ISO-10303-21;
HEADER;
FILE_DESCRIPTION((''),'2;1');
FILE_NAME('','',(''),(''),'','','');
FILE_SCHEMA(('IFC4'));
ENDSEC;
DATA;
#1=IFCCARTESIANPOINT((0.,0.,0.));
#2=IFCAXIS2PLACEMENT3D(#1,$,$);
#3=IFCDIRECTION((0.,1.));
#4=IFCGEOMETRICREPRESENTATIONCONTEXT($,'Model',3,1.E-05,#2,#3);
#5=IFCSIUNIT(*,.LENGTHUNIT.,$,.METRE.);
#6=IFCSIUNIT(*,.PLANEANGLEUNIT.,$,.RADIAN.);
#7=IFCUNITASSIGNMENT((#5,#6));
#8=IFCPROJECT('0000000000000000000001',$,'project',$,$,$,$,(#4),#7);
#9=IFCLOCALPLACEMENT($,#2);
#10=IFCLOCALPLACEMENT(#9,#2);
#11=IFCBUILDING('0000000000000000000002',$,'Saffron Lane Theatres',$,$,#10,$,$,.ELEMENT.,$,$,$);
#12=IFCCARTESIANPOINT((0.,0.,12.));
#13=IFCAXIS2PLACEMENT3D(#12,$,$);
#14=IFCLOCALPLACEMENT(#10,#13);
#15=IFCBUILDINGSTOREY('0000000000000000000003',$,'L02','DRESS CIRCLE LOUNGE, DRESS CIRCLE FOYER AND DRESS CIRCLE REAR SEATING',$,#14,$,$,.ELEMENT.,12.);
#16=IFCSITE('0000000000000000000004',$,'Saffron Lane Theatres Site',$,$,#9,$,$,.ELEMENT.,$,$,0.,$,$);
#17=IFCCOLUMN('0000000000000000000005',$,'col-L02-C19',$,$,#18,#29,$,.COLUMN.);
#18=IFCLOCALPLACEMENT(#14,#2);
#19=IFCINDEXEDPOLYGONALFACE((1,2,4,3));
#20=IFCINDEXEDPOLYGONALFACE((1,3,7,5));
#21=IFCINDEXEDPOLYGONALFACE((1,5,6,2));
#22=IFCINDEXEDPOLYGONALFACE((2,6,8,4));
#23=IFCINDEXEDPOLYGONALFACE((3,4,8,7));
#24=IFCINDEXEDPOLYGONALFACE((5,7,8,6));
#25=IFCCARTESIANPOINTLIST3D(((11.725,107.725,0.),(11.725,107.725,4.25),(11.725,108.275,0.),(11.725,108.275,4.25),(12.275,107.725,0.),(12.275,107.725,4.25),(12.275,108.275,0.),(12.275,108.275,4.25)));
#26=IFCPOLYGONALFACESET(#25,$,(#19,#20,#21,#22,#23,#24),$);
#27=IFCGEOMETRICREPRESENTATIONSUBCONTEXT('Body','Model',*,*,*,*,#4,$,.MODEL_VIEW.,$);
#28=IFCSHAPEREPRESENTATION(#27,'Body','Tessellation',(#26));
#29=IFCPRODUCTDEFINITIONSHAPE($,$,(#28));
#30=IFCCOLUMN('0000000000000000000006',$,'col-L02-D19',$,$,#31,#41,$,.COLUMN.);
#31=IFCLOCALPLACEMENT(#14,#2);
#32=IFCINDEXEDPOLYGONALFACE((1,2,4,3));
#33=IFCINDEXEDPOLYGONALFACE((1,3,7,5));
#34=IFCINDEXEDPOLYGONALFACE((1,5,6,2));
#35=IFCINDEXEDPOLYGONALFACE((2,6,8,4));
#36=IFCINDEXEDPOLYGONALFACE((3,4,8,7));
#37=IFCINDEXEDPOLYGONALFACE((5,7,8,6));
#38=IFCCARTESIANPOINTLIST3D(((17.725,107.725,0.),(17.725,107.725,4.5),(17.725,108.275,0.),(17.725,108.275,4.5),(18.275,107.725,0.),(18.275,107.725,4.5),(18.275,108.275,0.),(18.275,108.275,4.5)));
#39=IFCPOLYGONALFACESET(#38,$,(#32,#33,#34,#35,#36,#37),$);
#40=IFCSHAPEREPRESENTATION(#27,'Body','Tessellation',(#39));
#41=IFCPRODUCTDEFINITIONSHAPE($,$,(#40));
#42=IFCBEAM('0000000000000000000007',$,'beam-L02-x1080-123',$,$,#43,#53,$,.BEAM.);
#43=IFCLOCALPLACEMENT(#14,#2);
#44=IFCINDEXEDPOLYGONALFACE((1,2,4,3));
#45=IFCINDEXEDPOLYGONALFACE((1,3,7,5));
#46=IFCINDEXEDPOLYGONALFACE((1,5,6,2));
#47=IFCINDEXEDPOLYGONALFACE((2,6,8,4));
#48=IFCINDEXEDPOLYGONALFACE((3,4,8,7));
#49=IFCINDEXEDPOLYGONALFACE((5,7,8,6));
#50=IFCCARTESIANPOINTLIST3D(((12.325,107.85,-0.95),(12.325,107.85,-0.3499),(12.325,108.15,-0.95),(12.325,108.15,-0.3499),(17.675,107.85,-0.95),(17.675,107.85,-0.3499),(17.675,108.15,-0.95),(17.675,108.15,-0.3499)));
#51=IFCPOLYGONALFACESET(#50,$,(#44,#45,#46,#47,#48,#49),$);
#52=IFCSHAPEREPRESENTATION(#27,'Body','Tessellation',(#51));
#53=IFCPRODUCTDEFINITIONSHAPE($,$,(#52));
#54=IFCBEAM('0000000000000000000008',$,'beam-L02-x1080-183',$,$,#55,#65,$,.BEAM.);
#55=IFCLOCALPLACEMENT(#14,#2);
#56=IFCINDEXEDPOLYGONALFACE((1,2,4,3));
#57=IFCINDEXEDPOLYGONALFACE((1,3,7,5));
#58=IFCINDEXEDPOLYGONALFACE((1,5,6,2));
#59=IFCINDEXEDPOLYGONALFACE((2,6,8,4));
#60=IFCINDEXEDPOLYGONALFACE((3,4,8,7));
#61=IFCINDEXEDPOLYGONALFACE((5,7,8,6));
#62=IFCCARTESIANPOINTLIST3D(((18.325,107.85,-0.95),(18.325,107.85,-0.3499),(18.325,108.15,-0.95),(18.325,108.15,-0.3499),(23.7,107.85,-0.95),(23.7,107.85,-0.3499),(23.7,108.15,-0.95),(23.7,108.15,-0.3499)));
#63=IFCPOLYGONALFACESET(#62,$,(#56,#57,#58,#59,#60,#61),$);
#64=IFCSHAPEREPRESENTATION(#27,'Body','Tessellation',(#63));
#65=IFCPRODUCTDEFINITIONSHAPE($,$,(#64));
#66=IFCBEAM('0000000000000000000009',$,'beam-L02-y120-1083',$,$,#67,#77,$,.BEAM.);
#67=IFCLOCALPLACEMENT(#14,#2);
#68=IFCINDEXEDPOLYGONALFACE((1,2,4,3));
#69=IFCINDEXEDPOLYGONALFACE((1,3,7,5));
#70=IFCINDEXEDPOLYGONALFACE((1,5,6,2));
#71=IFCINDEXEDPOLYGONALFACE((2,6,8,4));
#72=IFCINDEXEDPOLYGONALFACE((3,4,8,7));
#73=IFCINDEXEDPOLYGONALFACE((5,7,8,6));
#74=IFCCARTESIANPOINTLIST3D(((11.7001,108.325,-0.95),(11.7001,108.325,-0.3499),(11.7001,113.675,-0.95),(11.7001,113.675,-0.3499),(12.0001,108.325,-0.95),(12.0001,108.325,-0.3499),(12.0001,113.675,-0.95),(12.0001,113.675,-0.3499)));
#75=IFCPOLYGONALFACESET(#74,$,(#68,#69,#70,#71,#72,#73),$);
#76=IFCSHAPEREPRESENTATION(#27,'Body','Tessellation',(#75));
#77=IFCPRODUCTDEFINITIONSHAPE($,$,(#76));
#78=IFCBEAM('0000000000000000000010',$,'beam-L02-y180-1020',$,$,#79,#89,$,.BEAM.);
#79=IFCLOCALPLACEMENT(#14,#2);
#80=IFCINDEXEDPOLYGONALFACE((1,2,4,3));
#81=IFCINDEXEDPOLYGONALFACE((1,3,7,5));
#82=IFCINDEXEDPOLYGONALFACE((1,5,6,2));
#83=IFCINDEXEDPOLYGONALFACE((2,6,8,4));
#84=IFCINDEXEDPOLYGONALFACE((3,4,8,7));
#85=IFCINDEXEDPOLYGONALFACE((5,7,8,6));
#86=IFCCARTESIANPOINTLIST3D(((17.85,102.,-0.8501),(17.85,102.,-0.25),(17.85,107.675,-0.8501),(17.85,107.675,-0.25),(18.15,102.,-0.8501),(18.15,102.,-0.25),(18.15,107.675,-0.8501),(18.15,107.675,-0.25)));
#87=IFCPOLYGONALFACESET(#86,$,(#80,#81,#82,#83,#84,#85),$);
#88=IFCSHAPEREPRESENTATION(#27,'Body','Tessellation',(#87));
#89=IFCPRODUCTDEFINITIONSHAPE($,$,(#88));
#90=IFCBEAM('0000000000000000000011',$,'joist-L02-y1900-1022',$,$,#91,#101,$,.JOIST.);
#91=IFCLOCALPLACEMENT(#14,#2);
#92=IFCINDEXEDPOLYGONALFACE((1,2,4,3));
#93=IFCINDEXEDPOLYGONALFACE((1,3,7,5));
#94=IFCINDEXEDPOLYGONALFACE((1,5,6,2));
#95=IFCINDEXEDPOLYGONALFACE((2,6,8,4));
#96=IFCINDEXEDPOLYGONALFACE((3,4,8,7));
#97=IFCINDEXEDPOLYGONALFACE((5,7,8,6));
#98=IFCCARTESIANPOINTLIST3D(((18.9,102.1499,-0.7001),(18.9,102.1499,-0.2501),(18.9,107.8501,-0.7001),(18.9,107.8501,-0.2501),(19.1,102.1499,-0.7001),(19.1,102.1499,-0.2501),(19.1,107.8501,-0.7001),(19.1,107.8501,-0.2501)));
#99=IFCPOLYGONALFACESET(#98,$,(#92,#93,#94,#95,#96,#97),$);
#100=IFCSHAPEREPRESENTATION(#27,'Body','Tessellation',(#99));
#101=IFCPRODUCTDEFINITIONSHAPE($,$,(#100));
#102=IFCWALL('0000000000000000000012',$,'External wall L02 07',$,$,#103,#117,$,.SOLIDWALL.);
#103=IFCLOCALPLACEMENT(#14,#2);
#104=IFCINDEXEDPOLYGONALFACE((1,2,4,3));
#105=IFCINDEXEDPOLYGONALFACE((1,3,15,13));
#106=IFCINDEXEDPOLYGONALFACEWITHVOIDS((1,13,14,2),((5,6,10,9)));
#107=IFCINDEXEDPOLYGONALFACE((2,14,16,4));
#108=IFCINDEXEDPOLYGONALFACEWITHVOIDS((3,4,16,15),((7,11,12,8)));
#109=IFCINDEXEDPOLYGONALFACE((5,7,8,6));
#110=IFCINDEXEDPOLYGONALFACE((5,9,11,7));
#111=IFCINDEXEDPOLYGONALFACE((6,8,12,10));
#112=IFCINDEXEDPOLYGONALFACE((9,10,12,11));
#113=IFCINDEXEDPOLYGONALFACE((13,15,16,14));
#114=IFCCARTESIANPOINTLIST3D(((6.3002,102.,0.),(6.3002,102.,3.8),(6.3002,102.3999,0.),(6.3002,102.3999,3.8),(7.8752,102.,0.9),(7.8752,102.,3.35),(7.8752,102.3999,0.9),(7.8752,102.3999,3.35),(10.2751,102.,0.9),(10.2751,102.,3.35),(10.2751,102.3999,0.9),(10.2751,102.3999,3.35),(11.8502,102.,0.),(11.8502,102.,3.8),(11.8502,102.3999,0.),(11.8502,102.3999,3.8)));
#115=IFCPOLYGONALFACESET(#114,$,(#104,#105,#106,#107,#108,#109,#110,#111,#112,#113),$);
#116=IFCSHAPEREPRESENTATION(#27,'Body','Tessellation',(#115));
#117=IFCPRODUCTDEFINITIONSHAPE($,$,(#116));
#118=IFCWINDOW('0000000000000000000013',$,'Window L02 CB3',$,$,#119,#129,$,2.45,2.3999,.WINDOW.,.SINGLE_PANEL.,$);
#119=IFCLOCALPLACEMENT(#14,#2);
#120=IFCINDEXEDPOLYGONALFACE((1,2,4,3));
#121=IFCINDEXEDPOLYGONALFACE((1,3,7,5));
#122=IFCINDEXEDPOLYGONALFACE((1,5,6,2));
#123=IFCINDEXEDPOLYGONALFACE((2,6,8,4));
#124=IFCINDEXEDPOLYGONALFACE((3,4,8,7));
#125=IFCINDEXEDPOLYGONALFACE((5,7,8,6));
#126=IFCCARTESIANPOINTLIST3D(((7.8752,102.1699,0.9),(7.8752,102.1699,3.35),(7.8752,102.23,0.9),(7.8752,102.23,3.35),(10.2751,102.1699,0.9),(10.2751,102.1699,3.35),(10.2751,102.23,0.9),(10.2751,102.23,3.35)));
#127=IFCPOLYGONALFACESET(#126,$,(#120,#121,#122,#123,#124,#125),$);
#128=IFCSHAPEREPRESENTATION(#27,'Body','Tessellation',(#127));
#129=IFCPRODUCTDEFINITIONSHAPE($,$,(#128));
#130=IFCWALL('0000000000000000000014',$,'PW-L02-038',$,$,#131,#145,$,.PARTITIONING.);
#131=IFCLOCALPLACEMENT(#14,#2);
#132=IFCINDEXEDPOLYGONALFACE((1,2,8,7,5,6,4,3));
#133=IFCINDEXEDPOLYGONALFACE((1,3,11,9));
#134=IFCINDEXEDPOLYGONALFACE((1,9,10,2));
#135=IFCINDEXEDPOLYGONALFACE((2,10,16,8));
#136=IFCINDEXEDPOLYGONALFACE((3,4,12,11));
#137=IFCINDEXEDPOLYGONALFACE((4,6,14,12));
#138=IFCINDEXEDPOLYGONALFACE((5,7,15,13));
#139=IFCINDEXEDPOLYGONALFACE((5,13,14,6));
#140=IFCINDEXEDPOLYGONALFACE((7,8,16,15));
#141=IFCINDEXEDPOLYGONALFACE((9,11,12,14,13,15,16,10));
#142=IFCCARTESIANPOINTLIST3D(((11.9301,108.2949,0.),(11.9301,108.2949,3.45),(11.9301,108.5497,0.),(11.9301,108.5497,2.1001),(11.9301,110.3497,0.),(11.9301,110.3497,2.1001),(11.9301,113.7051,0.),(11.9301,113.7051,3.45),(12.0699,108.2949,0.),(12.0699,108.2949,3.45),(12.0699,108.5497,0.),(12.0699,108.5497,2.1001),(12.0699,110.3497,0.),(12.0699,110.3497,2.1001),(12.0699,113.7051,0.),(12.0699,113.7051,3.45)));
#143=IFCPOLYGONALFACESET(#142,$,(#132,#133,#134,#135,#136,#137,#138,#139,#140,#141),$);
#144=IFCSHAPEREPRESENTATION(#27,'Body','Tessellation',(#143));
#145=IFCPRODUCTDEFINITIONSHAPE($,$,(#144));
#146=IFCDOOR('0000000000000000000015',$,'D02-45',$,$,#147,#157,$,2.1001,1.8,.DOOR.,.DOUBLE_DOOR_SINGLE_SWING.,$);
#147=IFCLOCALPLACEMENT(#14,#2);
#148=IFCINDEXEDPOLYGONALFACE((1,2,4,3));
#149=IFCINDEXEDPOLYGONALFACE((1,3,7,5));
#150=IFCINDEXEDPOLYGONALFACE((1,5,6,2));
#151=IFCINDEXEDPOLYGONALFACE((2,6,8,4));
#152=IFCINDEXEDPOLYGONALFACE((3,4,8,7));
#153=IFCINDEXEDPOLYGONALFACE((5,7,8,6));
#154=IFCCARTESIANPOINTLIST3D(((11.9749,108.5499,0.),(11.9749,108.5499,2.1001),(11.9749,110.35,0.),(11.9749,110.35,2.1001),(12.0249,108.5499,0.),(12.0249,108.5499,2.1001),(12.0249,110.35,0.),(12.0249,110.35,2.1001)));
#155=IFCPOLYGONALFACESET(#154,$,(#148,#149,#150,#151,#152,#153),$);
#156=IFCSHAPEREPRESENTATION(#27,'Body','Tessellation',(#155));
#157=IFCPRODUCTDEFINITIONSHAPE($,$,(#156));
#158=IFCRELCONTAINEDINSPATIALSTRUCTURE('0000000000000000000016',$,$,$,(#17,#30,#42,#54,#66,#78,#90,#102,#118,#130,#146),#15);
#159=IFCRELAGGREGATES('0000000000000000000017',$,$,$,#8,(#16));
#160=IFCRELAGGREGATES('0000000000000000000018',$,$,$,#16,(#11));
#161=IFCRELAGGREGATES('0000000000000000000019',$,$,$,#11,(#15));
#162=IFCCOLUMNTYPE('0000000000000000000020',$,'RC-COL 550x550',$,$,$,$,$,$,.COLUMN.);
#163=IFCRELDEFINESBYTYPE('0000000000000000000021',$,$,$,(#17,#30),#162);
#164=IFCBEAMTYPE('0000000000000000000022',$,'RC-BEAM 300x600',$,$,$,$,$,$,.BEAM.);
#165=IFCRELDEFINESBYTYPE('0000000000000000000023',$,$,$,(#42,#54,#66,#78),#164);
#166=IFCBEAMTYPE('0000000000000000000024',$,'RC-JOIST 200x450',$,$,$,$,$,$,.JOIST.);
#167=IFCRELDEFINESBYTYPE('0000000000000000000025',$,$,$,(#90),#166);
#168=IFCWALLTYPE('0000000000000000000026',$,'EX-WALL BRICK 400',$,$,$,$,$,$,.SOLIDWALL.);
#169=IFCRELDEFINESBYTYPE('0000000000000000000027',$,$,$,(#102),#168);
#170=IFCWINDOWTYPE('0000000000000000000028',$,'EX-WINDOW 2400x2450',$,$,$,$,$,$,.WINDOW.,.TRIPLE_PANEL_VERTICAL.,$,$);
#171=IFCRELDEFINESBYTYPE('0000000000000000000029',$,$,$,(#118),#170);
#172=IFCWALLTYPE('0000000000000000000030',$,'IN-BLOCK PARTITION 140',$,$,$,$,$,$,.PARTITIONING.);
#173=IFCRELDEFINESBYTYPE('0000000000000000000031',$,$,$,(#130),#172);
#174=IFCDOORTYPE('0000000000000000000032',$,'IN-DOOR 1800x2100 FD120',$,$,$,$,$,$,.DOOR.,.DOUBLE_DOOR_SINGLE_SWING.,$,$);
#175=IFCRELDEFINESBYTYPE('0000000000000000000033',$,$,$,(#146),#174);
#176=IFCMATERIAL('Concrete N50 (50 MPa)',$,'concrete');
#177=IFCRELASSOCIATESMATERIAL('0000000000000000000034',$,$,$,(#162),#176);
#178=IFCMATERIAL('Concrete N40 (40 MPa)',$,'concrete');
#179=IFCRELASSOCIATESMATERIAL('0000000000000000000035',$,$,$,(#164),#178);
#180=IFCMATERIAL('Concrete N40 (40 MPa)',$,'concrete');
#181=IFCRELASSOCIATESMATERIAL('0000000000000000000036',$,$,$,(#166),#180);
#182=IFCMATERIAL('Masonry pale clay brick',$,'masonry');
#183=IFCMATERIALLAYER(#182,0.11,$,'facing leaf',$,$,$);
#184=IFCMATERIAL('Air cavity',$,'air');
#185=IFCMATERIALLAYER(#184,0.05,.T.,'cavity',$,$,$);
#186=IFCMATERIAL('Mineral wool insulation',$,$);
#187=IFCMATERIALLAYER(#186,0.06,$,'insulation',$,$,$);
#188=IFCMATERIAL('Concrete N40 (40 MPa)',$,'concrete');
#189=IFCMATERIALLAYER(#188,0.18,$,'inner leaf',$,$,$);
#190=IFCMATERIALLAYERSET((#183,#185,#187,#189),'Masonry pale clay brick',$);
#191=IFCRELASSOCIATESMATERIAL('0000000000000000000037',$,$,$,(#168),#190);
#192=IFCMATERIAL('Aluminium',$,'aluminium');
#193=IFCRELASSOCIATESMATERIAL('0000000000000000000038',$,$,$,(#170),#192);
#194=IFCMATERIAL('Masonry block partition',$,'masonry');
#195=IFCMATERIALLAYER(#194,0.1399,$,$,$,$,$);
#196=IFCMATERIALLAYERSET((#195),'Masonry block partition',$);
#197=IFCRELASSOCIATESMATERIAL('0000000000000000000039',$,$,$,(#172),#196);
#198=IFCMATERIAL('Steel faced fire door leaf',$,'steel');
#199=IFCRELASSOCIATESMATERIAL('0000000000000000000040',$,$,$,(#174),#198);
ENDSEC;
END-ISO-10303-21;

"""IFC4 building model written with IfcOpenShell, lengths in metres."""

from ifc_helpers import new_model, si_unit, direction, frame, frame_2d, origin, origin_2d, place, context, subcontext, project, spatial, rectangle, extrude, material, layer, layer_set, material_profile, profile_set, type_object, element, fill, save


model = new_model("IFC4")

# Units and contexts
model_context = context("Model", 3, precision=1e-05, world=origin(), true_north=direction((0.0, 1.0)))
body_context = subcontext(model_context, "Body", "Model", "MODEL_VIEW")
ifc_project = project(units=[si_unit("LENGTHUNIT", "METRE"), si_unit("PLANEANGLEUNIT", "RADIAN")], contexts=[model_context])

# Site, building, storey
site_placement = place(None, origin())
site = spatial("IfcSite", under=ifc_project, at=site_placement, Name="Saffron Lane Theatres Site", CompositionType="ELEMENT", RefElevation=0.0)
building_placement = place(site_placement, origin())
building = spatial("IfcBuilding", under=site, at=building_placement, Name="Saffron Lane Theatres", CompositionType="ELEMENT")
storey_placement = place(building_placement, frame((0.0, 0.0, 12.0)))
storey = spatial("IfcBuildingStorey", under=building, at=storey_placement, Name="L02", Description="DRESS CIRCLE LOUNGE, DRESS CIRCLE FOYER AND DRESS CIRCLE REAR SEATING", CompositionType="ELEMENT", Elevation=12.0)

# Columns
ifc_material_1 = material(Name="Concrete N50 (50 MPa)", Category="concrete")
ifc_material_profile_1 = material_profile(ifc_material_1, rectangle(XDim=0.55, YDim=0.55, at=origin_2d()))
ifc_profile_set_1 = profile_set([ifc_material_profile_1], Name="Concrete N50 (50 MPa)")
column_type = type_object("IfcColumnType", Name="RC-COL 550x550", PredefinedType="COLUMN", material=ifc_profile_set_1)
column_1_placement = place(storey_placement, frame((12.0, 108.0, 0.0), z_axis=(0.0, 0.0, 1.0), x_axis=(1.0, 0.0, 0.0)))
element("IfcColumn", 1, at=column_1_placement, inside=storey, type_object=column_type, Name="col-L02-C19", PredefinedType="COLUMN", context=body_context, shape_type="SweptSolid", body=[
    extrude(rectangle(XDim=0.55, YDim=0.55, at=origin_2d()), origin(), (0.0, 0.0, 1.0), 4.25),
])
column_2_placement = place(storey_placement, frame((18.0, 108.0, 0.0), z_axis=(0.0, 0.0, 1.0), x_axis=(1.0, 0.0, 0.0)))
element("IfcColumn", 2, at=column_2_placement, inside=storey, type_object=column_type, Name="col-L02-D19", PredefinedType="COLUMN", context=body_context, shape_type="SweptSolid", body=[
    extrude(rectangle(XDim=0.55, YDim=0.55, at=origin_2d()), origin(), (0.0, 0.0, 1.0), 4.5),
])

# Beams
ifc_material_2 = material(Name="Concrete N40 (40 MPa)", Category="concrete")
ifc_material_profile_2 = material_profile(ifc_material_2, rectangle(XDim=0.3, YDim=0.6001, at=origin_2d()))
ifc_profile_set_2 = profile_set([ifc_material_profile_2], Name="Concrete N40 (40 MPa)")
beam_type_1 = type_object("IfcBeamType", Name="RC-BEAM 300x600", PredefinedType="BEAM", material=ifc_profile_set_2)
beam_1_placement = place(storey_placement, frame((12.325, 108.0, -0.6499), z_axis=(1.0, 0.0, 0.0), x_axis=(0.0, 1.0, 0.0)))
element("IfcBeam", 3, at=beam_1_placement, inside=storey, type_object=beam_type_1, Name="beam-L02-x1080-123", PredefinedType="BEAM", context=body_context, shape_type="SweptSolid", body=[
    extrude(rectangle(XDim=0.3, YDim=0.6001, at=origin_2d()), origin(), (0.0, 0.0, 1.0), 5.3501),
])
beam_2_placement = place(storey_placement, frame((18.325, 108.0, -0.6499), z_axis=(1.0, 0.0, 0.0), x_axis=(0.0, 1.0, 0.0)))
element("IfcBeam", 4, at=beam_2_placement, inside=storey, type_object=beam_type_1, Name="beam-L02-x1080-183", PredefinedType="BEAM", context=body_context, shape_type="SweptSolid", body=[
    extrude(rectangle(XDim=0.3, YDim=0.6001, at=origin_2d()), origin(), (0.0, 0.0, 1.0), 5.375),
])
beam_3_placement = place(storey_placement, frame((11.8501, 108.325, -0.6499), z_axis=(0.0, 1.0, 0.0), x_axis=(-1.0, 0.0, 0.0)))
element("IfcBeam", 5, at=beam_3_placement, inside=storey, type_object=beam_type_1, Name="beam-L02-y120-1083", PredefinedType="BEAM", context=body_context, shape_type="SweptSolid", body=[
    extrude(rectangle(XDim=0.3, YDim=0.6001, at=origin_2d()), origin(), (0.0, 0.0, 1.0), 5.3501),
])
beam_4_placement = place(storey_placement, frame((18.0, 102.0, -0.55), z_axis=(0.0, 1.0, 0.0), x_axis=(-1.0, 0.0, 0.0)))
element("IfcBeam", 6, at=beam_4_placement, inside=storey, type_object=beam_type_1, Name="beam-L02-y180-1020", PredefinedType="BEAM", context=body_context, shape_type="SweptSolid", body=[
    extrude(rectangle(XDim=0.3, YDim=0.6001, at=origin_2d()), origin(), (0.0, 0.0, 1.0), 5.675),
])
ifc_material_3 = material(Name="Concrete N40 (40 MPa)", Category="concrete")
ifc_material_profile_3 = material_profile(ifc_material_3, rectangle(XDim=0.2, YDim=0.45, at=origin_2d()))
ifc_profile_set_3 = profile_set([ifc_material_profile_3], Name="Concrete N40 (40 MPa)")
beam_type_2 = type_object("IfcBeamType", Name="RC-JOIST 200x450", PredefinedType="JOIST", material=ifc_profile_set_3)
beam_5_placement = place(storey_placement, frame((19.0, 102.1499, -0.4751), z_axis=(0.0, 1.0, 0.0), x_axis=(-1.0, 0.0, 0.0)))
element("IfcBeam", 7, at=beam_5_placement, inside=storey, type_object=beam_type_2, Name="joist-L02-y1900-1022", PredefinedType="JOIST", context=body_context, shape_type="SweptSolid", body=[
    extrude(rectangle(XDim=0.2, YDim=0.45, at=origin_2d()), origin(), (0.0, 0.0, 1.0), 5.7002),
])

# Wall, opening, window
ifc_material_4 = material(Name="Masonry pale clay brick", Category="masonry")
ifc_layer_1 = layer(ifc_material_4, 0.11, Name="facing leaf")
ifc_material_5 = material(Name="Air cavity", Category="air")
ifc_layer_2 = layer(ifc_material_5, 0.05, ventilated=True, Name="cavity")
ifc_material_6 = material(Name="Mineral wool insulation")
ifc_layer_3 = layer(ifc_material_6, 0.06, Name="insulation")
ifc_material_7 = material(Name="Concrete N40 (40 MPa)", Category="concrete")
ifc_layer_4 = layer(ifc_material_7, 0.18, Name="inner leaf")
ifc_layer_set_1 = layer_set([ifc_layer_1, ifc_layer_2, ifc_layer_3, ifc_layer_4], Name="Masonry pale clay brick")
wall_type_1 = type_object("IfcWallType", Name="EX-WALL BRICK 400", PredefinedType="SOLIDWALL", material=ifc_layer_set_1)
wall_1_placement = place(storey_placement, frame((11.8501, 102.2, 0.0), z_axis=(0.0, 0.0, 1.0), x_axis=(-1.0, 0.0, 0.0)))
wall_1 = element("IfcWall", 8, at=wall_1_placement, inside=storey, type_object=wall_type_1, Name="External wall L02 07", PredefinedType="SOLIDWALL", context=body_context, shape_type="SweptSolid", body=[
    extrude(rectangle(XDim=5.55, YDim=0.3999, at=frame_2d((2.7749, 0.0))), origin(), (0.0, 0.0, 1.0), 3.8),
])
opening_1_placement = place(wall_1_placement, frame((1.575, 0.0, 0.8999)))
opening_1 = element("IfcOpeningElement", 9, at=opening_1_placement, cuts=wall_1, PredefinedType="OPENING", context=body_context, shape_type="SweptSolid", body=[
    extrude(rectangle(XDim=2.3999, YDim=2.45, at=frame_2d((1.2, 1.2251))), frame((0.0, 0.21, 0.0), z_axis=(0.0, -1.0, 0.0), x_axis=(1.0, 0.0, 0.0)), (0.0, 0.0, 1.0), 0.4199),
])
ifc_material_8 = material(Name="Aluminium", Category="aluminium")
window_type = type_object("IfcWindowType", Name="EX-WINDOW 2400x2450", PartitioningType="TRIPLE_PANEL_VERTICAL", PredefinedType="WINDOW", material=ifc_material_8)
window_placement = place(opening_1_placement, origin())
window = element("IfcWindow", 10, at=window_placement, inside=storey, type_object=window_type, Name="Window L02 CB3", OverallHeight=2.45, OverallWidth=2.3999, PartitioningType="SINGLE_PANEL", PredefinedType="WINDOW", context=body_context, shape_type="SweptSolid", body=[
    extrude(rectangle(XDim=2.3999, YDim=2.45, at=frame_2d((1.2, 1.2251))), frame((0.0, 0.03, 0.0), z_axis=(0.0, -1.0, 0.0), x_axis=(1.0, 0.0, 0.0)), (0.0, 0.0, 1.0), 0.0601),
])
fill(opening_1, window)

# Wall, opening, door
ifc_material_9 = material(Name="Masonry block partition", Category="masonry")
ifc_layer_5 = layer(ifc_material_9, 0.1399)
ifc_layer_set_2 = layer_set([ifc_layer_5], Name="Masonry block partition")
wall_type_2 = type_object("IfcWallType", Name="IN-BLOCK PARTITION 140", PredefinedType="PARTITIONING", material=ifc_layer_set_2)
wall_2_placement = place(storey_placement, frame((12.0, 108.2949, 0.0), z_axis=(0.0, 0.0, 1.0), x_axis=(0.0, 1.0, 0.0)))
wall_2 = element("IfcWall", 11, at=wall_2_placement, inside=storey, type_object=wall_type_2, Name="PW-L02-038", PredefinedType="PARTITIONING", context=body_context, shape_type="SweptSolid", body=[
    extrude(rectangle(XDim=5.4102, YDim=0.1399, at=frame_2d((2.7051, 0.0))), origin(), (0.0, 0.0, 1.0), 3.45),
])
opening_2_placement = place(wall_2_placement, frame((0.2549, 0.0, 0.0)))
opening_2 = element("IfcOpeningElement", 12, at=opening_2_placement, cuts=wall_2, PredefinedType="OPENING", context=body_context, shape_type="SweptSolid", body=[
    extrude(rectangle(XDim=1.8, YDim=2.1001, at=frame_2d((0.8999, 1.05))), frame((0.0, 0.0801, 0.0), z_axis=(0.0, -1.0, 0.0), x_axis=(1.0, 0.0, 0.0)), (0.0, 0.0, 1.0), 0.1599),
])
ifc_material_10 = material(Name="Steel faced fire door leaf", Category="steel")
door_type_1 = type_object("IfcDoorType", Name="IN-DOOR 1800x2100 FD120", OperationType="DOUBLE_DOOR_SINGLE_SWING", PredefinedType="DOOR", material=ifc_material_10)
door_1_placement = place(opening_2_placement, frame((1.8, 0.0, 0.0), z_axis=(0.0, 0.0, 1.0), x_axis=(-1.0, 0.0, 0.0)))
door_1 = element("IfcDoor", 13, at=door_1_placement, inside=storey, type_object=door_type_1, Name="D02-45", OperationType="DOUBLE_DOOR_SINGLE_SWING", OverallHeight=2.1001, OverallWidth=1.8, PredefinedType="DOOR", context=body_context, shape_type="SweptSolid", body=[
    extrude(rectangle(XDim=1.8, YDim=2.1001, at=frame_2d((0.8999, 1.05))), frame((0.0, 0.0249, 0.0), z_axis=(0.0, -1.0, 0.0), x_axis=(1.0, 0.0, 0.0)), (0.0, 0.0, 1.0), 0.05),
])
fill(opening_2, door_1)

save(model, "model.ifc")
